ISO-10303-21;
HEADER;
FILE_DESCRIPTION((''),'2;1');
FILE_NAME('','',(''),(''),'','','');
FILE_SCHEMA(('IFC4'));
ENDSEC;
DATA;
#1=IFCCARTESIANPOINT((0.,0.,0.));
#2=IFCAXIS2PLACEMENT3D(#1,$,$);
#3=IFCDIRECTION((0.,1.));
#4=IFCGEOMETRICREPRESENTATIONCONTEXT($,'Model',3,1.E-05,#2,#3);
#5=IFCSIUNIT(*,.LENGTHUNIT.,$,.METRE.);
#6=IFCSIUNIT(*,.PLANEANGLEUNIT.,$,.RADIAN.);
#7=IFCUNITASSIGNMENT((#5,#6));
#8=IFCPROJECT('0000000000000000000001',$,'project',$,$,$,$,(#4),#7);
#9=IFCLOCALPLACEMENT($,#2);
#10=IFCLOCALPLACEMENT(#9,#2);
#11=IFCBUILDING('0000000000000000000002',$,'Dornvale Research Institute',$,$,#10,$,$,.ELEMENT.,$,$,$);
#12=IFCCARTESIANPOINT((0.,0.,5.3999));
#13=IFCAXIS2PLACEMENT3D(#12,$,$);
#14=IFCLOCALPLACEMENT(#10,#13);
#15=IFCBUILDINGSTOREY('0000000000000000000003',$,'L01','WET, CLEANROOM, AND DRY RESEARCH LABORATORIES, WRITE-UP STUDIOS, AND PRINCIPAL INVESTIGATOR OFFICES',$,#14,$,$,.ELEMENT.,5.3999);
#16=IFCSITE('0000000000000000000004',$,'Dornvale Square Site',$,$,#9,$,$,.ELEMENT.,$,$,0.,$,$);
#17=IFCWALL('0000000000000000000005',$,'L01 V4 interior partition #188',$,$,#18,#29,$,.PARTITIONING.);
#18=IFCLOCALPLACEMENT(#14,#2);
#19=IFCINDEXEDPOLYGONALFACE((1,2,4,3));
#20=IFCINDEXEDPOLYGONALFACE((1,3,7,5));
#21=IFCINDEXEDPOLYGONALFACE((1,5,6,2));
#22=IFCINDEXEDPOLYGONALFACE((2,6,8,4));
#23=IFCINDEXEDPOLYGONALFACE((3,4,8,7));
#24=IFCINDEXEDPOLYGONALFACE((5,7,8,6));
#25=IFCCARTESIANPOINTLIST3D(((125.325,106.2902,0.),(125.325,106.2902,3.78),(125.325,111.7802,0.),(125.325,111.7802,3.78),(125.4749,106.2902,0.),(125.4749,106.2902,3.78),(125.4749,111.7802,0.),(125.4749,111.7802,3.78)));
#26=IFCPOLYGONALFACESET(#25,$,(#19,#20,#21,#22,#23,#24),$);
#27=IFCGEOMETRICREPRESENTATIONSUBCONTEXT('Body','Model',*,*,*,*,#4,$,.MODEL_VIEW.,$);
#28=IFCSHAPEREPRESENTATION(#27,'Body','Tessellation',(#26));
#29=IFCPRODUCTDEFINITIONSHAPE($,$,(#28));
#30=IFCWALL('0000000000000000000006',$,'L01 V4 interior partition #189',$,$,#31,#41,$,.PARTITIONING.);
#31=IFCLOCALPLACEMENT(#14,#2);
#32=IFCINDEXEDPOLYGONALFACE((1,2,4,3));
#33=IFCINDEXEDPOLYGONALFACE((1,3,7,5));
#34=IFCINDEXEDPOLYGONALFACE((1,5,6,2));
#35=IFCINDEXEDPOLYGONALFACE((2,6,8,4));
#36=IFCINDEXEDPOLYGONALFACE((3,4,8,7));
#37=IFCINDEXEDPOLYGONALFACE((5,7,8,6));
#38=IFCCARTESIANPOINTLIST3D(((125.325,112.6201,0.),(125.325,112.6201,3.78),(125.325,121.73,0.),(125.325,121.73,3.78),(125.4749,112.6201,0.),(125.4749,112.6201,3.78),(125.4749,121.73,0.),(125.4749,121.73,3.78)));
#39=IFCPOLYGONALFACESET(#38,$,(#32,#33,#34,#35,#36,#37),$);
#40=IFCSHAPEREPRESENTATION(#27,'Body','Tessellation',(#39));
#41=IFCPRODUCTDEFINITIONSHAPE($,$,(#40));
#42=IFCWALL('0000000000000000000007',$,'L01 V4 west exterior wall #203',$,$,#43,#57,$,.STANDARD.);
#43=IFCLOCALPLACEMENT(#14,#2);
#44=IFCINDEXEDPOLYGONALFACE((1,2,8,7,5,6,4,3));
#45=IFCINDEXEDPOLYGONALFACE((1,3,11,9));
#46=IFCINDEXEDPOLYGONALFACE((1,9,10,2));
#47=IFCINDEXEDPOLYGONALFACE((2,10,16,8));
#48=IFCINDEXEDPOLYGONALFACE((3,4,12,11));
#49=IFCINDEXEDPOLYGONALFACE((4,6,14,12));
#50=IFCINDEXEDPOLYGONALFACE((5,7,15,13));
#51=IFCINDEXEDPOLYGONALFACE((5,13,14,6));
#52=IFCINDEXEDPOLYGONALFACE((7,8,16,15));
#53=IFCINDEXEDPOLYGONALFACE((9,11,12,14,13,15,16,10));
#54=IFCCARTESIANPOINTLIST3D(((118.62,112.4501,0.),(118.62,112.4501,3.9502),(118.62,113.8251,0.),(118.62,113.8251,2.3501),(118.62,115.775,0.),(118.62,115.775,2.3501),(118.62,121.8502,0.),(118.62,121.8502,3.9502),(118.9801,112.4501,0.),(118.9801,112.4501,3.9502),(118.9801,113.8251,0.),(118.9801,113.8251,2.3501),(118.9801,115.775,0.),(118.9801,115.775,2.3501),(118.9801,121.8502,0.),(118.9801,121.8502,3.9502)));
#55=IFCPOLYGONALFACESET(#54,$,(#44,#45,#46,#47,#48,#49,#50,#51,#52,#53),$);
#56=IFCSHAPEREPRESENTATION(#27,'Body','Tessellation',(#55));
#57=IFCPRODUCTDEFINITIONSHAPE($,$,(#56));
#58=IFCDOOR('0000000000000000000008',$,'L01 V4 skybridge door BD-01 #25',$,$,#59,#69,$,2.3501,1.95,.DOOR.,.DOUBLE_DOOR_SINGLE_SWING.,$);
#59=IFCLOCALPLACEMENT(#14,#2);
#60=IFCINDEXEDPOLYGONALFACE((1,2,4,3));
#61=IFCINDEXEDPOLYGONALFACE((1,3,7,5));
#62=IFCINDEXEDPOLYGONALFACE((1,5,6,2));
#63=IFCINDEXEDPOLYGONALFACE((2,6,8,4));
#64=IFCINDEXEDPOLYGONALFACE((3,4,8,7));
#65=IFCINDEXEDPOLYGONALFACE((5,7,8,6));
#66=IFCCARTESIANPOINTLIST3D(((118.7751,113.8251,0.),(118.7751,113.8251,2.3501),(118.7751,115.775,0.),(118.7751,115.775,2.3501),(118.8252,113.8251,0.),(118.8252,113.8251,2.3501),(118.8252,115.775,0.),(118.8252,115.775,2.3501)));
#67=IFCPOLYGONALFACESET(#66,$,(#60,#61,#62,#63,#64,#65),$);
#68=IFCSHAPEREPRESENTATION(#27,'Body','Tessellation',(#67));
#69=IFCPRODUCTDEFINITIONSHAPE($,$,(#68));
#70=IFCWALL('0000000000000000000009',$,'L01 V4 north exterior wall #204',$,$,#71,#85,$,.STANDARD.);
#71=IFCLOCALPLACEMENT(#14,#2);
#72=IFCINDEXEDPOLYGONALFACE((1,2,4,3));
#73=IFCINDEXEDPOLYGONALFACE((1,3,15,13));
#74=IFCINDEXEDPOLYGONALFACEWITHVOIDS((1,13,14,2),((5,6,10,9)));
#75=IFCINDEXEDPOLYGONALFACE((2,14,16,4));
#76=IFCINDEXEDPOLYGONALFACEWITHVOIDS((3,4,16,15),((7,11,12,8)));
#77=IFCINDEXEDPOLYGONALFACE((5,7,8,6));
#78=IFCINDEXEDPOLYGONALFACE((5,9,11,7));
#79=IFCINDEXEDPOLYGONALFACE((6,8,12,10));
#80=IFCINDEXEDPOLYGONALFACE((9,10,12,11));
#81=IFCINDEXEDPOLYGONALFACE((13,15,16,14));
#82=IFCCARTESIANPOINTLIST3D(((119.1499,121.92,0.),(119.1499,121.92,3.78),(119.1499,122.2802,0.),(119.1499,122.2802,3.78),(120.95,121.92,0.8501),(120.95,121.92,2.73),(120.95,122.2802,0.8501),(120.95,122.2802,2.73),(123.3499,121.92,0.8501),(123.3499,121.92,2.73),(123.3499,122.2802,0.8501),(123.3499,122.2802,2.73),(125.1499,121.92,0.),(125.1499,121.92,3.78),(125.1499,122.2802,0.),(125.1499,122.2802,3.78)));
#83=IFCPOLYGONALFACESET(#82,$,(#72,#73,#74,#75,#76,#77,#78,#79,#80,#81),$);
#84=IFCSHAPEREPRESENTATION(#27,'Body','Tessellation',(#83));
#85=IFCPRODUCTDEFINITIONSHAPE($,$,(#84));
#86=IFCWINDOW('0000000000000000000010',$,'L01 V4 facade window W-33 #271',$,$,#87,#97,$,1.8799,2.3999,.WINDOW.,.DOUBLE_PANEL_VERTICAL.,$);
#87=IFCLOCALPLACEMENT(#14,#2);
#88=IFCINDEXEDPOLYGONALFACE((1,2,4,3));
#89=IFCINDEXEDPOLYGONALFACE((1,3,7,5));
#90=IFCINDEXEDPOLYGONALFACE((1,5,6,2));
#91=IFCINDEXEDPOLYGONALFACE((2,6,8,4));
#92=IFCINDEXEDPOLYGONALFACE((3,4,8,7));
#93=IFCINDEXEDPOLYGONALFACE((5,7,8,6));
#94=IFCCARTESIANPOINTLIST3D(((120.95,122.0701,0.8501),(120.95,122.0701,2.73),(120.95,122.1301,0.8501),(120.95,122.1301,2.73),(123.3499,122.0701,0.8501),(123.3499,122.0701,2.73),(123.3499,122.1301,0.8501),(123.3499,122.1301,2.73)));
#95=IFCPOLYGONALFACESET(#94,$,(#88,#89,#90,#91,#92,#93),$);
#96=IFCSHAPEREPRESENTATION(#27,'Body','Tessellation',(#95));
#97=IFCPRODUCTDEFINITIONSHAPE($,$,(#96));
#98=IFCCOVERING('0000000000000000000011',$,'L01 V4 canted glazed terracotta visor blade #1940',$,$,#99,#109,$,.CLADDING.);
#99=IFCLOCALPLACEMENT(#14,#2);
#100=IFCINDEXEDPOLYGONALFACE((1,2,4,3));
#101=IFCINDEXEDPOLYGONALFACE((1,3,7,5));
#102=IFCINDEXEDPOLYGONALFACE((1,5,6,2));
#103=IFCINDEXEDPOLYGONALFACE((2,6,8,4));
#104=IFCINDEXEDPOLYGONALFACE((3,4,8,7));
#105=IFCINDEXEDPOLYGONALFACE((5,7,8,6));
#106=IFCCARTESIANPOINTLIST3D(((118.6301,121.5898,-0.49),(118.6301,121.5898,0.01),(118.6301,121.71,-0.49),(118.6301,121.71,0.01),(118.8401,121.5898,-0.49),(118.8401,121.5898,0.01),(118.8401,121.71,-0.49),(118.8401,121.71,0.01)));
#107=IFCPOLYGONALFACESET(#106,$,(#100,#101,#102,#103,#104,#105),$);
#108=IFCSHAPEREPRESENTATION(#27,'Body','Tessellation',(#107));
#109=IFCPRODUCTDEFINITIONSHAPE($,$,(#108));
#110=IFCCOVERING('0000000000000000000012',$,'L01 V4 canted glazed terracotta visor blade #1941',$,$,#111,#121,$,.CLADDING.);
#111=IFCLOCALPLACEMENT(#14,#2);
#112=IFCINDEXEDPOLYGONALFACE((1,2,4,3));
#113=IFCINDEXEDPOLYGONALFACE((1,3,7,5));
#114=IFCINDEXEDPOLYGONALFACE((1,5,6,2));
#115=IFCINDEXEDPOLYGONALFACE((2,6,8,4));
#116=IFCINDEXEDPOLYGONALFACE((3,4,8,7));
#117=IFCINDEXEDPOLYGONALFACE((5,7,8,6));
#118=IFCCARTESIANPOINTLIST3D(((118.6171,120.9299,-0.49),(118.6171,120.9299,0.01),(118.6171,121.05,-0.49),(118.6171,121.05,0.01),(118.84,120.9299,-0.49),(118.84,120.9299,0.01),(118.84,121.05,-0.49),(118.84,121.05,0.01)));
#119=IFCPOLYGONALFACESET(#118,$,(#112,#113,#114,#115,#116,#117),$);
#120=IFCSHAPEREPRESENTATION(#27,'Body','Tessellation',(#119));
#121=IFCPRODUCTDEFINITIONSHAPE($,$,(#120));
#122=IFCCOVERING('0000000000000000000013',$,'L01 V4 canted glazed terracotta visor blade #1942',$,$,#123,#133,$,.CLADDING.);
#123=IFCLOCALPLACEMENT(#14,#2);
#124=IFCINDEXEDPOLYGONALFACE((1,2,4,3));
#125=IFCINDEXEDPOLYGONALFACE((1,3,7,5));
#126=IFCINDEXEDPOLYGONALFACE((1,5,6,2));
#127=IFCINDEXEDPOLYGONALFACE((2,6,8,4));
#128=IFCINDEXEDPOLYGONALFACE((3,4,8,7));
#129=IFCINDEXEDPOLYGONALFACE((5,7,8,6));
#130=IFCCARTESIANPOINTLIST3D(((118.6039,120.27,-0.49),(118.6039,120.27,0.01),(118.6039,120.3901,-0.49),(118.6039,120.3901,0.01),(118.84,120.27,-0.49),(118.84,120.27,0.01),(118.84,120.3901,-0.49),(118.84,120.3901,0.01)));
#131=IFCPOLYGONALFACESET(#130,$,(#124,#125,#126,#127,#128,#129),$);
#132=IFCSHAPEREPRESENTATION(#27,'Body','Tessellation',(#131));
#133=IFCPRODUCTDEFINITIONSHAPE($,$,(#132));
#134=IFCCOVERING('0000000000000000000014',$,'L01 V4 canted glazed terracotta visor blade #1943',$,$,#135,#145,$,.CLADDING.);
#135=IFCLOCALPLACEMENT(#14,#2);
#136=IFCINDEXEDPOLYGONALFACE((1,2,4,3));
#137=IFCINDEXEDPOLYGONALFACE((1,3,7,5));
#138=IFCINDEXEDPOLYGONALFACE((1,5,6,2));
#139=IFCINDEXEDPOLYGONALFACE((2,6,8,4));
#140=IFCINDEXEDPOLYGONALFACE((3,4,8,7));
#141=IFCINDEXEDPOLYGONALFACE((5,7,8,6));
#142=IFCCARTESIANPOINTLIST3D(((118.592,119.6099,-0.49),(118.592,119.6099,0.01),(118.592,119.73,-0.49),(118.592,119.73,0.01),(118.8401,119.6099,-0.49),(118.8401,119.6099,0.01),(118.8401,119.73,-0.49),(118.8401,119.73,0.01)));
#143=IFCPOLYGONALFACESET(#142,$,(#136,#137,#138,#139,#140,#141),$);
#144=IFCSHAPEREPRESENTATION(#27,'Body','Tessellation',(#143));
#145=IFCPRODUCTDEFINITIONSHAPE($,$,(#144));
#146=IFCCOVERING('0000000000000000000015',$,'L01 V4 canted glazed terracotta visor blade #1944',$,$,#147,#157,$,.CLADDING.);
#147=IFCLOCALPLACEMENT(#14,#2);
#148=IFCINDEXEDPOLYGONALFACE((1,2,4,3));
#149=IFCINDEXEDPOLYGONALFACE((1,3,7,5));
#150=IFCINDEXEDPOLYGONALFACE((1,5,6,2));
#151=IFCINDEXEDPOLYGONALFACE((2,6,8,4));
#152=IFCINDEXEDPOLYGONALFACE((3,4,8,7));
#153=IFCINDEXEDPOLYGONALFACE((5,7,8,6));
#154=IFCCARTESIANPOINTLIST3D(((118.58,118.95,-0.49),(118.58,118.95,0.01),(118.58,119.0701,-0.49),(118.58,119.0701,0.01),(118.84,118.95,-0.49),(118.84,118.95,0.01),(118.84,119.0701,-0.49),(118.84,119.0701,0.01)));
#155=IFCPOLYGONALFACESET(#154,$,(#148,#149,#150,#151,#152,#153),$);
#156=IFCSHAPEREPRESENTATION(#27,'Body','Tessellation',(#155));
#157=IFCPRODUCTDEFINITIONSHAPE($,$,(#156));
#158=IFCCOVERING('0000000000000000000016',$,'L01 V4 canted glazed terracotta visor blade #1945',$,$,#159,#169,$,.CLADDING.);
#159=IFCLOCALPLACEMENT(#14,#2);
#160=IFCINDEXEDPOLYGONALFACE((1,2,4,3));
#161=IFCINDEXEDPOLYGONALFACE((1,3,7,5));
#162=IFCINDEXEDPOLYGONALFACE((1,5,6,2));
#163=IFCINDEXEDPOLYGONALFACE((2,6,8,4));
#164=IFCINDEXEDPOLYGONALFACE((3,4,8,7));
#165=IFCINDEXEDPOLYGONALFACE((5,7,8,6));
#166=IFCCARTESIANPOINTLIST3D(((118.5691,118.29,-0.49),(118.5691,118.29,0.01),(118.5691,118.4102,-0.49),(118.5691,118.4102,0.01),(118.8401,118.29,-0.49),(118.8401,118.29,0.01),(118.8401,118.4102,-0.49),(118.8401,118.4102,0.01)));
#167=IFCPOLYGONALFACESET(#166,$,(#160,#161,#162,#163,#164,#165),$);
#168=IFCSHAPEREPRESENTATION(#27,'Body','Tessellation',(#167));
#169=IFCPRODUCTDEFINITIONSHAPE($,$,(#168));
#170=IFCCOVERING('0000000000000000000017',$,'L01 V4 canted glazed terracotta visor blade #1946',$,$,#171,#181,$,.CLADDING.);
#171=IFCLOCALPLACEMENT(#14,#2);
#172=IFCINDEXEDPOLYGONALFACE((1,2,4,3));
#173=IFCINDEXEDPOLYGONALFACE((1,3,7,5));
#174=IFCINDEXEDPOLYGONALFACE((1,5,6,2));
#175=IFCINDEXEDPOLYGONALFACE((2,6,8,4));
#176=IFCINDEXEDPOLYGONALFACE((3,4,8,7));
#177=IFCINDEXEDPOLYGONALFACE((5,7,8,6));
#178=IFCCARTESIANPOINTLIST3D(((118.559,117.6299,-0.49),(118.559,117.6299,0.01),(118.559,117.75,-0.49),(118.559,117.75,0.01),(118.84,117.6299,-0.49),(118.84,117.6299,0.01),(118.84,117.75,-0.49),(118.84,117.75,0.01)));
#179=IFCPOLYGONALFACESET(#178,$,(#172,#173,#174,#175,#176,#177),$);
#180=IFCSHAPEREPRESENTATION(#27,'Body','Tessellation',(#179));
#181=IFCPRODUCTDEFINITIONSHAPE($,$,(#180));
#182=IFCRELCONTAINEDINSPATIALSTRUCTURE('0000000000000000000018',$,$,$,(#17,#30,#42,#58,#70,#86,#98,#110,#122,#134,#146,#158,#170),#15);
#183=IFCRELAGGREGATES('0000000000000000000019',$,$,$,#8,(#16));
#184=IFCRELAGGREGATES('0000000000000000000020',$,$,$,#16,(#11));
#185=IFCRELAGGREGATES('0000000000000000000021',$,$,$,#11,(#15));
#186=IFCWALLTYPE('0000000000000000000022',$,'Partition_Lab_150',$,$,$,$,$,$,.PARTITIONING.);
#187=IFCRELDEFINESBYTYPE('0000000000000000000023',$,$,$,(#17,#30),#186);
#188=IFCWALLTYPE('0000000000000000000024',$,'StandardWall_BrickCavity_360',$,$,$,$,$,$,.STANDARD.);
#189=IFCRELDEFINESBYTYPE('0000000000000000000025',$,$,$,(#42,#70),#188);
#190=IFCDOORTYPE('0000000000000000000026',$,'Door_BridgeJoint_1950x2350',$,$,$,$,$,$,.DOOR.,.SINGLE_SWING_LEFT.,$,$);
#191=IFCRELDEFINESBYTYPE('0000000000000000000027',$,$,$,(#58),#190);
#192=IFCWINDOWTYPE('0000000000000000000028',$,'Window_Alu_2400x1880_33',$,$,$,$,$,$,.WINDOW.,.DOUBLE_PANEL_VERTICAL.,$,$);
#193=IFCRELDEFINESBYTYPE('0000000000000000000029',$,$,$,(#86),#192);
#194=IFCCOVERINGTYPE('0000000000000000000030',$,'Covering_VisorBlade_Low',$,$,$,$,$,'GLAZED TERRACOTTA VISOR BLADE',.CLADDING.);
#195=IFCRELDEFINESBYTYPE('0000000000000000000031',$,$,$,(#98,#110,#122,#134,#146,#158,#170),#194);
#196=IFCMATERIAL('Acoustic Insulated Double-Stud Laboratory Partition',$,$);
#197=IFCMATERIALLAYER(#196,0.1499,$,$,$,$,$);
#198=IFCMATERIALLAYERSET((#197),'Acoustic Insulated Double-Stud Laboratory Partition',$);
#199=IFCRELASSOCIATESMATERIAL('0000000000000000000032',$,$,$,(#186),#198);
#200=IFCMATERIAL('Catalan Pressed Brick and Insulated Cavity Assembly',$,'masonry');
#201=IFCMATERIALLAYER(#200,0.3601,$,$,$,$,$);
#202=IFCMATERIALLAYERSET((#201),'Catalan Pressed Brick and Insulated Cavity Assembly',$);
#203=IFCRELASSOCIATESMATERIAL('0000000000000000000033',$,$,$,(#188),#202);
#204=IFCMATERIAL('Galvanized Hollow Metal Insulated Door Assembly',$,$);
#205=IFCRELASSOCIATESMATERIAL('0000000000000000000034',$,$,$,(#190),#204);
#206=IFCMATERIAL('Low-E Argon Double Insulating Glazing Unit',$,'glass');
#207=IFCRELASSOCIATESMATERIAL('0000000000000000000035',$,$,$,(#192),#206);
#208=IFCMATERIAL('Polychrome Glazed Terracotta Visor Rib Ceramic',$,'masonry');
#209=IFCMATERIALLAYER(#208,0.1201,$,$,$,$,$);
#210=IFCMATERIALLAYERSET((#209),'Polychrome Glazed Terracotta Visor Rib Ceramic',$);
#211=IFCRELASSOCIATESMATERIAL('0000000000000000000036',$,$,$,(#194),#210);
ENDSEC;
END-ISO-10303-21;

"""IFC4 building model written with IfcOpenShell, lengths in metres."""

from ifc_helpers import new_model, si_unit, direction, frame, frame_2d, origin, origin_2d, place, context, subcontext, project, spatial, rectangle, extrude, material, layer, layer_set, type_object, element, fill, save


model = new_model("IFC4")

# Units and contexts
model_context = context("Model", 3, precision=1e-05, world=origin(), true_north=direction((0.0, 1.0)))
body_context = subcontext(model_context, "Body", "Model", "MODEL_VIEW")
ifc_project = project(units=[si_unit("LENGTHUNIT", "METRE"), si_unit("PLANEANGLEUNIT", "RADIAN")], contexts=[model_context])

# Site, building, storey
site_placement = place(None, origin())
site = spatial("IfcSite", under=ifc_project, at=site_placement, Name="Dornvale Square Site", CompositionType="ELEMENT", RefElevation=0.0)
building_placement = place(site_placement, origin())
building = spatial("IfcBuilding", under=site, at=building_placement, Name="Dornvale Research Institute", CompositionType="ELEMENT")
storey_placement = place(building_placement, frame((0.0, 0.0, 5.3999)))
storey = spatial("IfcBuildingStorey", under=building, at=storey_placement, Name="L01", Description="WET, CLEANROOM, AND DRY RESEARCH LABORATORIES, WRITE-UP STUDIOS, AND PRINCIPAL INVESTIGATOR OFFICES", CompositionType="ELEMENT", Elevation=5.3999)

# Shared definitions
ifc_material_1 = material(Name="Acoustic Insulated Double-Stud Laboratory Partition")
ifc_layer_1 = layer(ifc_material_1, 0.1499)
ifc_layer_set_1 = layer_set([ifc_layer_1], Name="Acoustic Insulated Double-Stud Laboratory Partition")
wall_type_1 = type_object("IfcWallType", Name="Partition_Lab_150", PredefinedType="PARTITIONING", material=ifc_layer_set_1)

# Walls
wall_1_placement = place(storey_placement, frame((125.3999, 106.29, 0.0), z_axis=(0.0, 0.0, 1.0), x_axis=(0.0, 1.0, 0.0)))
element("IfcWall", 1, at=wall_1_placement, inside=storey, type_object=wall_type_1, Name="L01 V4 interior partition #188", PredefinedType="PARTITIONING", context=body_context, shape_type="SweptSolid", body=[
    extrude(rectangle(XDim=5.49, YDim=0.1499, at=frame_2d((2.7451, 0.0))), origin(), (0.0, 0.0, 1.0), 3.78),
])
wall_2_placement = place(storey_placement, frame((125.3999, 112.6201, 0.0), z_axis=(0.0, 0.0, 1.0), x_axis=(0.0, 1.0, 0.0)))
element("IfcWall", 2, at=wall_2_placement, inside=storey, type_object=wall_type_1, Name="L01 V4 interior partition #189", PredefinedType="PARTITIONING", context=body_context, shape_type="SweptSolid", body=[
    extrude(rectangle(XDim=9.1099, YDim=0.1499, at=frame_2d((4.5549, 0.0))), origin(), (0.0, 0.0, 1.0), 3.78),
])

# Wall, opening, door
ifc_material_2 = material(Name="Catalan Pressed Brick and Insulated Cavity Assembly", Category="masonry")
ifc_layer_2 = layer(ifc_material_2, 0.3601)
ifc_layer_set_2 = layer_set([ifc_layer_2], Name="Catalan Pressed Brick and Insulated Cavity Assembly")
wall_type_2 = type_object("IfcWallType", Name="StandardWall_BrickCavity_360", PredefinedType="STANDARD", material=ifc_layer_set_2)
wall_3_placement = place(storey_placement, frame((118.8, 112.45, 0.0), z_axis=(0.0, 0.0, 1.0), x_axis=(0.0, 1.0, 0.0)))
wall_3 = element("IfcWall", 3, at=wall_3_placement, inside=storey, type_object=wall_type_2, Name="L01 V4 west exterior wall #203", PredefinedType="STANDARD", context=body_context, shape_type="SweptSolid", body=[
    extrude(rectangle(XDim=9.4001, YDim=0.3601, at=frame_2d((4.7002, 0.0))), origin(), (0.0, 0.0, 1.0), 3.9502),
])
opening_1_placement = place(wall_3_placement, frame((1.375, 0.0, 0.0)))
opening_1 = element("IfcOpeningElement", 4, at=opening_1_placement, cuts=wall_3, PredefinedType="OPENING", context=body_context, shape_type="SweptSolid", body=[
    extrude(rectangle(XDim=1.95, YDim=2.3501, at=frame_2d((0.9751, 1.175))), frame((0.0, 0.1951, 0.0), z_axis=(0.0, -1.0, 0.0), x_axis=(1.0, 0.0, 0.0)), (0.0, 0.0, 1.0), 0.3901),
])
ifc_material_3 = material(Name="Galvanized Hollow Metal Insulated Door Assembly")
door_type_1 = type_object("IfcDoorType", Name="Door_BridgeJoint_1950x2350", OperationType="SINGLE_SWING_LEFT", PredefinedType="DOOR", material=ifc_material_3)
door_1_placement = place(opening_1_placement, origin())
door_1 = element("IfcDoor", 5, at=door_1_placement, inside=storey, type_object=door_type_1, Name="L01 V4 skybridge door BD-01 #25", OperationType="DOUBLE_DOOR_SINGLE_SWING", OverallHeight=2.3501, OverallWidth=1.95, PredefinedType="DOOR", context=body_context, shape_type="SweptSolid", body=[
    extrude(rectangle(XDim=1.95, YDim=2.3501, at=frame_2d((0.9751, 1.175))), frame((0.0, 0.0249, 0.0), z_axis=(0.0, -1.0, 0.0), x_axis=(1.0, 0.0, 0.0)), (0.0, 0.0, 1.0), 0.05),
])
fill(opening_1, door_1)

# Wall, opening, window
wall_4_placement = place(storey_placement, frame((119.1499, 122.1001, 0.0), z_axis=(0.0, 0.0, 1.0), x_axis=(1.0, 0.0, 0.0)))
wall_4 = element("IfcWall", 6, at=wall_4_placement, inside=storey, type_object=wall_type_2, Name="L01 V4 north exterior wall #204", PredefinedType="STANDARD", context=body_context, shape_type="SweptSolid", body=[
    extrude(rectangle(XDim=6.0, YDim=0.3601, at=frame_2d((3.0, 0.0))), origin(), (0.0, 0.0, 1.0), 3.78),
])
opening_2_placement = place(wall_4_placement, frame((1.8, 0.0, 0.8501)))
opening_2 = element("IfcOpeningElement", 7, at=opening_2_placement, cuts=wall_4, PredefinedType="OPENING", context=body_context, shape_type="SweptSolid", body=[
    extrude(rectangle(XDim=2.3999, YDim=1.8799, at=frame_2d((1.2, 0.9399))), frame((0.0, 0.1951, 0.0), z_axis=(0.0, -1.0, 0.0), x_axis=(1.0, 0.0, 0.0)), (0.0, 0.0, 1.0), 0.3901),
])
ifc_material_4 = material(Name="Low-E Argon Double Insulating Glazing Unit", Category="glass")
window_type = type_object("IfcWindowType", Name="Window_Alu_2400x1880_33", PartitioningType="DOUBLE_PANEL_VERTICAL", PredefinedType="WINDOW", material=ifc_material_4)
window_placement = place(opening_2_placement, origin())
window = element("IfcWindow", 8, at=window_placement, inside=storey, type_object=window_type, Name="L01 V4 facade window W-33 #271", OverallHeight=1.8799, OverallWidth=2.3999, PartitioningType="DOUBLE_PANEL_VERTICAL", PredefinedType="WINDOW", context=body_context, shape_type="SweptSolid", body=[
    extrude(rectangle(XDim=2.3999, YDim=1.8799, at=frame_2d((1.2, 0.9399))), frame((0.0, 0.03, 0.0), z_axis=(0.0, -1.0, 0.0), x_axis=(1.0, 0.0, 0.0)), (0.0, 0.0, 1.0), 0.0601),
])
fill(opening_2, window)

# Coverings
ifc_material_5 = material(Name="Polychrome Glazed Terracotta Visor Rib Ceramic", Category="masonry")
ifc_layer_3 = layer(ifc_material_5, 0.1201)
ifc_layer_set_3 = layer_set([ifc_layer_3], Name="Polychrome Glazed Terracotta Visor Rib Ceramic")
covering_type = type_object("IfcCoveringType", Name="Covering_VisorBlade_Low", ElementType="GLAZED TERRACOTTA VISOR BLADE", PredefinedType="CLADDING", material=ifc_layer_set_3)
covering_1_placement = place(storey_placement, frame((118.7351, 121.6499, -0.49), z_axis=(0.0, 0.0, 1.0), x_axis=(1.0, 0.0, 0.0)))
element("IfcCovering", 9, at=covering_1_placement, inside=storey, type_object=covering_type, Name="L01 V4 canted glazed terracotta visor blade #1940", PredefinedType="CLADDING", context=body_context, shape_type="SweptSolid", body=[
    extrude(rectangle(XDim=0.21, YDim=0.1201, at=origin_2d()), origin(), (0.0, 0.0, 1.0), 0.5),
])
covering_2_placement = place(storey_placement, frame((118.7285, 120.99, -0.49), z_axis=(0.0, 0.0, 1.0), x_axis=(1.0, 0.0, 0.0)))
element("IfcCovering", 10, at=covering_2_placement, inside=storey, type_object=covering_type, Name="L01 V4 canted glazed terracotta visor blade #1941", PredefinedType="CLADDING", context=body_context, shape_type="SweptSolid", body=[
    extrude(rectangle(XDim=0.2229, YDim=0.1201, at=origin_2d()), origin(), (0.0, 0.0, 1.0), 0.5),
])
covering_3_placement = place(storey_placement, frame((118.7219, 120.3301, -0.49), z_axis=(0.0, 0.0, 1.0), x_axis=(1.0, 0.0, 0.0)))
element("IfcCovering", 11, at=covering_3_placement, inside=storey, type_object=covering_type, Name="L01 V4 canted glazed terracotta visor blade #1942", PredefinedType="CLADDING", context=body_context, shape_type="SweptSolid", body=[
    extrude(rectangle(XDim=0.2361, YDim=0.1201, at=origin_2d()), origin(), (0.0, 0.0, 1.0), 0.5),
])
covering_4_placement = place(storey_placement, frame((118.7161, 119.6699, -0.49), z_axis=(0.0, 0.0, 1.0), x_axis=(1.0, 0.0, 0.0)))
element("IfcCovering", 12, at=covering_4_placement, inside=storey, type_object=covering_type, Name="L01 V4 canted glazed terracotta visor blade #1943", PredefinedType="CLADDING", context=body_context, shape_type="SweptSolid", body=[
    extrude(rectangle(XDim=0.248, YDim=0.1201, at=origin_2d()), origin(), (0.0, 0.0, 1.0), 0.5),
])
covering_5_placement = place(storey_placement, frame((118.71, 119.01, -0.49), z_axis=(0.0, 0.0, 1.0), x_axis=(1.0, 0.0, 0.0)))
element("IfcCovering", 13, at=covering_5_placement, inside=storey, type_object=covering_type, Name="L01 V4 canted glazed terracotta visor blade #1944", PredefinedType="CLADDING", context=body_context, shape_type="SweptSolid", body=[
    extrude(rectangle(XDim=0.26, YDim=0.1201, at=origin_2d()), origin(), (0.0, 0.0, 1.0), 0.5),
])
covering_6_placement = place(storey_placement, frame((118.7046, 118.3501, -0.49), z_axis=(0.0, 0.0, 1.0), x_axis=(1.0, 0.0, 0.0)))
element("IfcCovering", 14, at=covering_6_placement, inside=storey, type_object=covering_type, Name="L01 V4 canted glazed terracotta visor blade #1945", PredefinedType="CLADDING", context=body_context, shape_type="SweptSolid", body=[
    extrude(rectangle(XDim=0.271, YDim=0.1201, at=origin_2d()), origin(), (0.0, 0.0, 1.0), 0.5),
])
covering_7_placement = place(storey_placement, frame((118.6995, 117.6899, -0.49), z_axis=(0.0, 0.0, 1.0), x_axis=(1.0, 0.0, 0.0)))
element("IfcCovering", 15, at=covering_7_placement, inside=storey, type_object=covering_type, Name="L01 V4 canted glazed terracotta visor blade #1946", PredefinedType="CLADDING", context=body_context, shape_type="SweptSolid", body=[
    extrude(rectangle(XDim=0.281, YDim=0.1201, at=origin_2d()), origin(), (0.0, 0.0, 1.0), 0.5),
])

save(model, "model.ifc")
